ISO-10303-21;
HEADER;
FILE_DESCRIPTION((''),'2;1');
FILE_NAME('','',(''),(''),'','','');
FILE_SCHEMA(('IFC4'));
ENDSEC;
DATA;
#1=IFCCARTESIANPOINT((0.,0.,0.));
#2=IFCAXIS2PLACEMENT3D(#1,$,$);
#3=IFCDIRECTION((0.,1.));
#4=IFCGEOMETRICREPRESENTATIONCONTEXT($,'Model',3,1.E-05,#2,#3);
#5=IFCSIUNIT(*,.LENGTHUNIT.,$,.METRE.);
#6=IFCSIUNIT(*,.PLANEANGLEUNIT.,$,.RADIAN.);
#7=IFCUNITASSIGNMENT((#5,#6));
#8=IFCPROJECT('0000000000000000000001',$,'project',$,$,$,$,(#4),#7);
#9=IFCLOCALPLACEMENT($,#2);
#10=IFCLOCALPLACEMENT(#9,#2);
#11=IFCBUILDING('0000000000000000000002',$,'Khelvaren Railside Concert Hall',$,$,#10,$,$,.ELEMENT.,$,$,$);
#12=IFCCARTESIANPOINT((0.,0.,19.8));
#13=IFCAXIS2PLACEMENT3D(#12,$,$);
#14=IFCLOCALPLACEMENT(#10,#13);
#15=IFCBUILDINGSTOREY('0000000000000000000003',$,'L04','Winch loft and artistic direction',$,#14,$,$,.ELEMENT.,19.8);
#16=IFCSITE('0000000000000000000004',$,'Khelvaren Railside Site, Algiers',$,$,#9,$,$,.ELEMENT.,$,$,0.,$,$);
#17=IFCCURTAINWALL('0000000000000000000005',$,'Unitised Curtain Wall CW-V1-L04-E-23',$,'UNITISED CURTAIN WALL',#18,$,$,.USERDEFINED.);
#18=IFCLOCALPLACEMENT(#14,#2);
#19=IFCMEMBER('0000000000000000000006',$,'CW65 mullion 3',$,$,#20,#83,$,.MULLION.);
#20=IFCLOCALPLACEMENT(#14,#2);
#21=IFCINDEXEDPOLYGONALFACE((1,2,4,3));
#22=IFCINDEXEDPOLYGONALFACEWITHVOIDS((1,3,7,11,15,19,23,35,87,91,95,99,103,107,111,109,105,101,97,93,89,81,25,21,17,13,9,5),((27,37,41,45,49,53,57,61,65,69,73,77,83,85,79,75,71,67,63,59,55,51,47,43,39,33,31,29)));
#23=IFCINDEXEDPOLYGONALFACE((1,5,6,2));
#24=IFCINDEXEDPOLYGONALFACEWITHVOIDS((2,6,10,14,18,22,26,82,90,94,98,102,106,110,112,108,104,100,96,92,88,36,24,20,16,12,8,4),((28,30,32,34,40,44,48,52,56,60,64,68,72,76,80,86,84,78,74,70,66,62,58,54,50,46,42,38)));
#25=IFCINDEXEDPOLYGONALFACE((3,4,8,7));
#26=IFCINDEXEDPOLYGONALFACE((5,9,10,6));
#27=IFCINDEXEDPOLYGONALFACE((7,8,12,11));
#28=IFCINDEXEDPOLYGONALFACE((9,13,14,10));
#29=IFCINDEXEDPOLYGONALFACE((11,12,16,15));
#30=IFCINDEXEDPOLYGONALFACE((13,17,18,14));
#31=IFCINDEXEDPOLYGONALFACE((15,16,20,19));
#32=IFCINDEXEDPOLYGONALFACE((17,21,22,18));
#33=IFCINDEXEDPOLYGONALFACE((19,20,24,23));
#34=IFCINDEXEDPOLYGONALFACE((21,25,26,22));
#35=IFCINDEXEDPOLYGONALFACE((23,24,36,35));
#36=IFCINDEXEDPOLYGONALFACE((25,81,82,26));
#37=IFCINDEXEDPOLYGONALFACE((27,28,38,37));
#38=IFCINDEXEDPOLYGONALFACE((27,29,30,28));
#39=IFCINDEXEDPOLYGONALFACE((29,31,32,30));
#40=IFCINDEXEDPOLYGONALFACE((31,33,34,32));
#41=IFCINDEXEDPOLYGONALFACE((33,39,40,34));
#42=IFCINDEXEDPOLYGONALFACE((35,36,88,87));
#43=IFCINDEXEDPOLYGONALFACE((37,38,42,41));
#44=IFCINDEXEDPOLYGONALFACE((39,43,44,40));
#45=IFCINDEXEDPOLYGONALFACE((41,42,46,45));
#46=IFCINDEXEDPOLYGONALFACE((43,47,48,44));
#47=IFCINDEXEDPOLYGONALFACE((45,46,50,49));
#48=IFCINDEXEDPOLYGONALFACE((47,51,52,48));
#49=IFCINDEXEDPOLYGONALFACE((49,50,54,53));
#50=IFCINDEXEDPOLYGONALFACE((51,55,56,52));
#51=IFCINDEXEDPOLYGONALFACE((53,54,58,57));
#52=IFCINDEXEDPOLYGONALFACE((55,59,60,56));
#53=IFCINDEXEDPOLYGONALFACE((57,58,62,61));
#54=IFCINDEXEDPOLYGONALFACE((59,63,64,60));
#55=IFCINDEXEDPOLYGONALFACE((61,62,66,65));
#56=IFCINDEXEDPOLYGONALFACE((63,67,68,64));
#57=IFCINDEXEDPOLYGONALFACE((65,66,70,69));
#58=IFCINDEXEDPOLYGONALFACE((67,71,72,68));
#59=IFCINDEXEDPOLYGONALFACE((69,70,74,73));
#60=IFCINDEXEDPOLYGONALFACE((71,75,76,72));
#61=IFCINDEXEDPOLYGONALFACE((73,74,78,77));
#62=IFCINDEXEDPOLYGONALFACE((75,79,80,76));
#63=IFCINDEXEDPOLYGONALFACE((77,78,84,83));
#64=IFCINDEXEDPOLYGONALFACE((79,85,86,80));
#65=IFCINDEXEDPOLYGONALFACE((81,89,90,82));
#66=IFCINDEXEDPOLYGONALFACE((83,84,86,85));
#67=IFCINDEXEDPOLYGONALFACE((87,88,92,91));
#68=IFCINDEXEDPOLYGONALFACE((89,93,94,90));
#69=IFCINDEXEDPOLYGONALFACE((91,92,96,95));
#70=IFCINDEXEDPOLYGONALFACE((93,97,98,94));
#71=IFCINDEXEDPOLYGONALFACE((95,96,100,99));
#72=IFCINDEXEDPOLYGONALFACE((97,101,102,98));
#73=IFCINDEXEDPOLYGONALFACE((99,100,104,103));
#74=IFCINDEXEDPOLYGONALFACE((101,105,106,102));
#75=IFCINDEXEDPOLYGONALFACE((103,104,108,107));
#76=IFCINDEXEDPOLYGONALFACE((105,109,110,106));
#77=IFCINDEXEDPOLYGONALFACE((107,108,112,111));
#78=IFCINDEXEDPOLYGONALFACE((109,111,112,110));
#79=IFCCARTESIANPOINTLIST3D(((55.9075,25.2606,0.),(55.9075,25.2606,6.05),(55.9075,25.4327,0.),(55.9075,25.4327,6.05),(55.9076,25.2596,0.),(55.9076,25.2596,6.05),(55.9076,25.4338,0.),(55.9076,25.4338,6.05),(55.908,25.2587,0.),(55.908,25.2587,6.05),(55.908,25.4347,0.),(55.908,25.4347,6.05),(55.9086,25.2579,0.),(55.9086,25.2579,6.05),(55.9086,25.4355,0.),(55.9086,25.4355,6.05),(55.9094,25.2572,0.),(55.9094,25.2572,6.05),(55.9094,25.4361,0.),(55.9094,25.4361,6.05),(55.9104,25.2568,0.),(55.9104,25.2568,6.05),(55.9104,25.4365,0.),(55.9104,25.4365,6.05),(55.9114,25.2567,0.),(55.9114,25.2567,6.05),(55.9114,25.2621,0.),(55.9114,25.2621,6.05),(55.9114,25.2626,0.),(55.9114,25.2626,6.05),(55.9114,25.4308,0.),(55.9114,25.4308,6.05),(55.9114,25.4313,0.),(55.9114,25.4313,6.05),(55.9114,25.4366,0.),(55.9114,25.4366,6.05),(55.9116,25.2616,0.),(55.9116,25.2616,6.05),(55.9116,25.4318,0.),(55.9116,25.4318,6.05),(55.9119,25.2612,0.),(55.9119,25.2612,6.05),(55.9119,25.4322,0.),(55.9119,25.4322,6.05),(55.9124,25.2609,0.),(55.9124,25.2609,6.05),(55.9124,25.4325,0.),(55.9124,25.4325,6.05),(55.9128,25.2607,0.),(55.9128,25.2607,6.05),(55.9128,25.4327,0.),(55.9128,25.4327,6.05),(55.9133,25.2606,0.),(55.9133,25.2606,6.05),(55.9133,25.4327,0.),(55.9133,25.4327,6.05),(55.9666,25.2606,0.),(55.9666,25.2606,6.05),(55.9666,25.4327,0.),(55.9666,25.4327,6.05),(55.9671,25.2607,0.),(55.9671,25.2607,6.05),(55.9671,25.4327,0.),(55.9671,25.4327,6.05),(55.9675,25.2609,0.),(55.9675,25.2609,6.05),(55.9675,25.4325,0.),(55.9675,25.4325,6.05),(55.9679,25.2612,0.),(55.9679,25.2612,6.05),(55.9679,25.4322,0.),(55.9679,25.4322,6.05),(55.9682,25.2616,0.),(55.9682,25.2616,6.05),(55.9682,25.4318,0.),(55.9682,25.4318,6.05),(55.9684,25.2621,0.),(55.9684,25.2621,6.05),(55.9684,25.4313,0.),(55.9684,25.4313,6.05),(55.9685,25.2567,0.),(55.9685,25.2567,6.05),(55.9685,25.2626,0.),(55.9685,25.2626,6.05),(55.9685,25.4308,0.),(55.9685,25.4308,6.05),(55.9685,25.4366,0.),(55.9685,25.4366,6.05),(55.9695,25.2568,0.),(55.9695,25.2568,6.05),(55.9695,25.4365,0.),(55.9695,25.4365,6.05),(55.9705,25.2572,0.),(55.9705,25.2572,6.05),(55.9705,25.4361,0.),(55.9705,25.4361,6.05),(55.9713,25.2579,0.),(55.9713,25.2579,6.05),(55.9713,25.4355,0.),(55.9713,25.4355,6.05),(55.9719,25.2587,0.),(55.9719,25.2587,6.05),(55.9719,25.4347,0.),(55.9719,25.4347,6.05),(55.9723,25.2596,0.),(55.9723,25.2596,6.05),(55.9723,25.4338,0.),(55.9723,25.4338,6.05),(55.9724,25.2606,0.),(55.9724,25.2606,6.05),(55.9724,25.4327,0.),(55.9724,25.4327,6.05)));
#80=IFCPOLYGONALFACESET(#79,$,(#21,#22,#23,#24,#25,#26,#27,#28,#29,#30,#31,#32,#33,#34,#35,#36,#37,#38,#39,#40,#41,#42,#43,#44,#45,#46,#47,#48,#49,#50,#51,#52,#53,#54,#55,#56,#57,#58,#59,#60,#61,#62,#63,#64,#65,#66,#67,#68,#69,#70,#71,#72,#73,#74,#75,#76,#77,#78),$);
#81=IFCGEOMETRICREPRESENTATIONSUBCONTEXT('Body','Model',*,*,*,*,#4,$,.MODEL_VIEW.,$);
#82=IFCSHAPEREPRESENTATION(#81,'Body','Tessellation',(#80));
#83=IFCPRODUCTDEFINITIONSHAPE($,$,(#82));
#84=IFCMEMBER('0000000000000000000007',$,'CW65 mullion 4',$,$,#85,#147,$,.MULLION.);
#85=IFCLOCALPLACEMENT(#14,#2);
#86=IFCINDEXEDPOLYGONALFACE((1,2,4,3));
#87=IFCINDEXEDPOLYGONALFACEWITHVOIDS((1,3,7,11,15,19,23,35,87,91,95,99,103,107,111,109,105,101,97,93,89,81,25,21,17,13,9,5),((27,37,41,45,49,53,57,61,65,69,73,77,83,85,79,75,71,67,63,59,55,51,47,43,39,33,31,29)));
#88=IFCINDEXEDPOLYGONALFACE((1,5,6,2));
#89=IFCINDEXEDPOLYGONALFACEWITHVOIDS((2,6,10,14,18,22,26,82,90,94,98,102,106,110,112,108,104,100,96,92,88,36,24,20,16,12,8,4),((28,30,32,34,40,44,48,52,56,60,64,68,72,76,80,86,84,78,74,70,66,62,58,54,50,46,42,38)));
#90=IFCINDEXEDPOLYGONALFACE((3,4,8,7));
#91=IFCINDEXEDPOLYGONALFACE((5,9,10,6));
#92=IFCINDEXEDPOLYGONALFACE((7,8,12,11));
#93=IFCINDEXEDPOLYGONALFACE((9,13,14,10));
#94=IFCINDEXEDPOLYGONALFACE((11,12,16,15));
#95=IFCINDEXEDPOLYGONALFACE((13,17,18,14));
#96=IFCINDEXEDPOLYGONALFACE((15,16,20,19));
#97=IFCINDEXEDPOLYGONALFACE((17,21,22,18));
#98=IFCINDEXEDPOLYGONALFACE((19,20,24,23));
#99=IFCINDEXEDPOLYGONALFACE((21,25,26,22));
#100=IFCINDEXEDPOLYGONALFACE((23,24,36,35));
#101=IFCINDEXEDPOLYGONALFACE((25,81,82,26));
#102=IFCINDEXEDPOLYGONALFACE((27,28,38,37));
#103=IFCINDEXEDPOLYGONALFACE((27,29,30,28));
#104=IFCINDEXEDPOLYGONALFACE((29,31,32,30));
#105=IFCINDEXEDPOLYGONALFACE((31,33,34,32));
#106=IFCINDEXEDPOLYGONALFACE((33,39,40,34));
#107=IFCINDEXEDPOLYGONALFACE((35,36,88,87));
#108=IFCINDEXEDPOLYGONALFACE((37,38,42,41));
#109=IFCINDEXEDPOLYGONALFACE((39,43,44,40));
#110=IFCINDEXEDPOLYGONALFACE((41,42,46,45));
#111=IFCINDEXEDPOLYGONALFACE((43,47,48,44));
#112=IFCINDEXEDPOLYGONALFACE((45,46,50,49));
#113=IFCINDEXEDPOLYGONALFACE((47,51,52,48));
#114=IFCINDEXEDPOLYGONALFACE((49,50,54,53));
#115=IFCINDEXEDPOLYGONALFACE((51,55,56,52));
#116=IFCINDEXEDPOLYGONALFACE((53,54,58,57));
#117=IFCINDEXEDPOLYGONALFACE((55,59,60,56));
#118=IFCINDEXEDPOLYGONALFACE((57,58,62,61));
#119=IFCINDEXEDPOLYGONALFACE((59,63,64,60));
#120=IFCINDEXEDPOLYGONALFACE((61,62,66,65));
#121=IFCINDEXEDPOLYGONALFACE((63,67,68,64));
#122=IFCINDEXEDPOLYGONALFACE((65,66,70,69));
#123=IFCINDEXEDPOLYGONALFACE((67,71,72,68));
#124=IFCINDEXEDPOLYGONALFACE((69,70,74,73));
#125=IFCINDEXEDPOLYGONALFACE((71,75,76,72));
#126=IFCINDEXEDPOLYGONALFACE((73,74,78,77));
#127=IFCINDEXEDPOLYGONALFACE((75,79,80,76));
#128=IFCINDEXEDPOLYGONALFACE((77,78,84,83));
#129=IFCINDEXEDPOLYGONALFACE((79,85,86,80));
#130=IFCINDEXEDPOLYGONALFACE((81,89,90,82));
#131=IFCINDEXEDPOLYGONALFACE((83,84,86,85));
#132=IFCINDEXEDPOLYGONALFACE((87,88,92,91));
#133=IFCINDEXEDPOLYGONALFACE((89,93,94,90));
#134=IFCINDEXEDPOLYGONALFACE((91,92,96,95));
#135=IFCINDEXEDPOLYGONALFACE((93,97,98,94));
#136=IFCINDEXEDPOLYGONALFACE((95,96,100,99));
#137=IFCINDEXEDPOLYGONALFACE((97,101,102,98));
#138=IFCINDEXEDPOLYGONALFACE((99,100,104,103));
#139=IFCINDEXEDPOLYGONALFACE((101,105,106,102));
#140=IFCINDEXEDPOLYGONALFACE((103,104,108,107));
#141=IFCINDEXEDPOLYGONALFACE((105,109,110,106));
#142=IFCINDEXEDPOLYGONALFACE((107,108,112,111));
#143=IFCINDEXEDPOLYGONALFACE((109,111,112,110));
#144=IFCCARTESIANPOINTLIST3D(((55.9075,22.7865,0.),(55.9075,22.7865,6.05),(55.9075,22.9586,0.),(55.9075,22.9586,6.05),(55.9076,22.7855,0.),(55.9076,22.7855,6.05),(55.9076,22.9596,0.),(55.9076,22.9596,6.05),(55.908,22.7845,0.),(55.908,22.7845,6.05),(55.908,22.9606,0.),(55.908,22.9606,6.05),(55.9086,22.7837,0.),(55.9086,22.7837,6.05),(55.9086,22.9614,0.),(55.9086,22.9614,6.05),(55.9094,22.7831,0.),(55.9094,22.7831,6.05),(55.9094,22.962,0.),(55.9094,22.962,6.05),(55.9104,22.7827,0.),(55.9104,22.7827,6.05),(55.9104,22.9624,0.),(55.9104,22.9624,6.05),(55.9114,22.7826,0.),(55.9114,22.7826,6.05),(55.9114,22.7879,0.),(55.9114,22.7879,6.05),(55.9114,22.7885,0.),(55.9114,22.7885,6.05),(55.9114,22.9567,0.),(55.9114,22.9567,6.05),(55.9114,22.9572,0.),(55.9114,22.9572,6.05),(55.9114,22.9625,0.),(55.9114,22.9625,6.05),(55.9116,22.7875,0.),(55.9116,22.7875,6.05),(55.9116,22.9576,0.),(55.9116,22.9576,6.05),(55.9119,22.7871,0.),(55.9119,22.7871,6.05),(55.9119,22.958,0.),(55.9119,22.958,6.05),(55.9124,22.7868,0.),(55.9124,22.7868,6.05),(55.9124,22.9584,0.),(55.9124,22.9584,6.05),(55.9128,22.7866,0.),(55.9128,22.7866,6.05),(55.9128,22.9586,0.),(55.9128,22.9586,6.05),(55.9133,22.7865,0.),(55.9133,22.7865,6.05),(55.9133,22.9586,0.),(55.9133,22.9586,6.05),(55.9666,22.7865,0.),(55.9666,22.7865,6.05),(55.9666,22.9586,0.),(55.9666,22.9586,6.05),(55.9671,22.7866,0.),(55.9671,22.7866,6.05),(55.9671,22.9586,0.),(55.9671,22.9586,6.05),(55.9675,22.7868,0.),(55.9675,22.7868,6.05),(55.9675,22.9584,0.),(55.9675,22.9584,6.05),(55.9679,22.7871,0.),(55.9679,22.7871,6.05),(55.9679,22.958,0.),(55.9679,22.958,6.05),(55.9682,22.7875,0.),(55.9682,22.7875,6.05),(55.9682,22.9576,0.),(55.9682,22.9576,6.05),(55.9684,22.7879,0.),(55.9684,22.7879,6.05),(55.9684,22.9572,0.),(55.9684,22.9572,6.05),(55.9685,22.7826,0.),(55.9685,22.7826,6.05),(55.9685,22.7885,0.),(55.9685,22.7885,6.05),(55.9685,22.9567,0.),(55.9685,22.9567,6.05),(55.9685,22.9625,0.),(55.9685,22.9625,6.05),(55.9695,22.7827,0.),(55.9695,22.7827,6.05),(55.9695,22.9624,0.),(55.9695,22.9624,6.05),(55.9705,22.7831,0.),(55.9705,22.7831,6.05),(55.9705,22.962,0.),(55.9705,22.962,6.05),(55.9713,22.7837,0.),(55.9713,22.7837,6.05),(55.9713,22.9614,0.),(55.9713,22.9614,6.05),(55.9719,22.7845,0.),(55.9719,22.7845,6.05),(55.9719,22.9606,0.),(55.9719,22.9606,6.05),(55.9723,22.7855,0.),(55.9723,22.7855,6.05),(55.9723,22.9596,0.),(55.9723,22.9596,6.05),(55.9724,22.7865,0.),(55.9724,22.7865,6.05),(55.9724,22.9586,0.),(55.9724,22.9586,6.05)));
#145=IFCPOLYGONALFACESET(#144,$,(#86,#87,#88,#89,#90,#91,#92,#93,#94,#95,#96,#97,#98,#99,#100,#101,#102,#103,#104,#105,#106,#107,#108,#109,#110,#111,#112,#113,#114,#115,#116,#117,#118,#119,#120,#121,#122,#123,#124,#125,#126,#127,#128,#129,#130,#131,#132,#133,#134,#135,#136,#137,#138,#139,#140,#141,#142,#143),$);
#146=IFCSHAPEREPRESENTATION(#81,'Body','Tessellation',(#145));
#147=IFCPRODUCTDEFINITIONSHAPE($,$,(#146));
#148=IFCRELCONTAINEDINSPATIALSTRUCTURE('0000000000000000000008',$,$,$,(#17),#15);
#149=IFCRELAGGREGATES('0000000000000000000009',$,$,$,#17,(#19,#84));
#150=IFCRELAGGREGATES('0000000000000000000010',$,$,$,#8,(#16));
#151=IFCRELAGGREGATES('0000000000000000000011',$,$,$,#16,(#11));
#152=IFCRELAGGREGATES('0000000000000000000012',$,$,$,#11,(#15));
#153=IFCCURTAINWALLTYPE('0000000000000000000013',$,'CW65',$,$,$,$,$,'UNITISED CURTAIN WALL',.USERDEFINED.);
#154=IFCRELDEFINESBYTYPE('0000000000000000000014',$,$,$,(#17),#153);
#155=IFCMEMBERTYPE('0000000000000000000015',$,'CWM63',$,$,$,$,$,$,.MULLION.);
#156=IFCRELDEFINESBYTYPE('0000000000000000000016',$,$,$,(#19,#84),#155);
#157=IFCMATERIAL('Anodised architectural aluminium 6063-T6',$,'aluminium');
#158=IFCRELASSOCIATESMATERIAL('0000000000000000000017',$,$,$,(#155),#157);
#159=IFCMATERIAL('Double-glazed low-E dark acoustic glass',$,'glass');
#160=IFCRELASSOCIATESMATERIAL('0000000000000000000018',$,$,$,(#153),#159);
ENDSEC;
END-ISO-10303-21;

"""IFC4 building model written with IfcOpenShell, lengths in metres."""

from ifc_helpers import new_model, si_unit, direction, frame, origin, origin_2d, place, context, subcontext, project, spatial, hollow_rectangle, extrude, material, material_profile, profile_set, type_object, element, aggregate, save


model = new_model("IFC4")

# Units and contexts
model_context = context("Model", 3, precision=1e-05, world=origin(), true_north=direction((0.0, 1.0)))
body_context = subcontext(model_context, "Body", "Model", "MODEL_VIEW")
ifc_project = project(units=[si_unit("LENGTHUNIT", "METRE"), si_unit("PLANEANGLEUNIT", "RADIAN")], contexts=[model_context])

# Site, building, storey
site_placement = place(None, origin())
site = spatial("IfcSite", under=ifc_project, at=site_placement, Name="Khelvaren Railside Site, Algiers", CompositionType="ELEMENT", RefElevation=0.0)
building_placement = place(site_placement, origin())
building = spatial("IfcBuilding", under=site, at=building_placement, Name="Khelvaren Railside Concert Hall", CompositionType="ELEMENT")
storey_placement = place(building_placement, frame((0.0, 0.0, 19.8)))
storey = spatial("IfcBuildingStorey", under=building, at=storey_placement, Name="L04", Description="Winch loft and artistic direction", CompositionType="ELEMENT", Elevation=19.8)

# Shared definitions
ifc_material_1 = material(Name="Anodised architectural aluminium 6063-T6", Category="aluminium")
ifc_material_2 = material(Name="Double-glazed low-E dark acoustic glass", Category="glass")
ifc_material_profile_1 = material_profile(ifc_material_1, hollow_rectangle(XDim=0.0649, YDim=0.1799, WallThickness=0.0039, InnerFilletRadius=0.002, OuterFilletRadius=0.0039, at=origin_2d()), Name="CWM 65x180x4")
ifc_profile_set_1 = profile_set([ifc_material_profile_1], Name="Anodised architectural aluminium 6063-T6")
member_type_1 = type_object("IfcMemberType", Name="CWM63", PredefinedType="MULLION", material=ifc_profile_set_1)

# Curtain wall, members
curtain_wall_type_1 = type_object("IfcCurtainWallType", Name="CW65", ElementType="UNITISED CURTAIN WALL", PredefinedType="USERDEFINED", material=ifc_material_2)
curtain_wall_1_placement = place(storey_placement, origin())
curtain_wall_1 = element("IfcCurtainWall", 1, at=curtain_wall_1_placement, inside=storey, type_object=curtain_wall_type_1, Name="Unitised Curtain Wall CW-V1-L04-E-23", ObjectType="UNITISED CURTAIN WALL", PredefinedType="USERDEFINED")
member_1_placement = place(storey_placement, frame((55.9399, 25.3467, 0.0), z_axis=(0.0, 0.0, 1.0), x_axis=(1.0, 0.0, 0.0)))
member_1 = element("IfcMember", 2, at=member_1_placement, type_object=member_type_1, Name="CW65 mullion 3", PredefinedType="MULLION", context=body_context, shape_type="SweptSolid", body=[
    extrude(hollow_rectangle(XDim=0.0649, YDim=0.1799, WallThickness=0.0039, InnerFilletRadius=0.002, OuterFilletRadius=0.0039, at=origin_2d()), origin(), (0.0, 0.0, 1.0), 6.05),
])
member_2_placement = place(storey_placement, frame((55.9399, 22.8726, 0.0), z_axis=(0.0, 0.0, 1.0), x_axis=(1.0, 0.0, 0.0)))
member_2 = element("IfcMember", 3, at=member_2_placement, type_object=member_type_1, Name="CW65 mullion 4", PredefinedType="MULLION", context=body_context, shape_type="SweptSolid", body=[
    extrude(hollow_rectangle(XDim=0.0649, YDim=0.1799, WallThickness=0.0039, InnerFilletRadius=0.002, OuterFilletRadius=0.0039, at=origin_2d()), origin(), (0.0, 0.0, 1.0), 6.05),
])

aggregate(curtain_wall_1, [member_1, member_2])

save(model, "model.ifc")
